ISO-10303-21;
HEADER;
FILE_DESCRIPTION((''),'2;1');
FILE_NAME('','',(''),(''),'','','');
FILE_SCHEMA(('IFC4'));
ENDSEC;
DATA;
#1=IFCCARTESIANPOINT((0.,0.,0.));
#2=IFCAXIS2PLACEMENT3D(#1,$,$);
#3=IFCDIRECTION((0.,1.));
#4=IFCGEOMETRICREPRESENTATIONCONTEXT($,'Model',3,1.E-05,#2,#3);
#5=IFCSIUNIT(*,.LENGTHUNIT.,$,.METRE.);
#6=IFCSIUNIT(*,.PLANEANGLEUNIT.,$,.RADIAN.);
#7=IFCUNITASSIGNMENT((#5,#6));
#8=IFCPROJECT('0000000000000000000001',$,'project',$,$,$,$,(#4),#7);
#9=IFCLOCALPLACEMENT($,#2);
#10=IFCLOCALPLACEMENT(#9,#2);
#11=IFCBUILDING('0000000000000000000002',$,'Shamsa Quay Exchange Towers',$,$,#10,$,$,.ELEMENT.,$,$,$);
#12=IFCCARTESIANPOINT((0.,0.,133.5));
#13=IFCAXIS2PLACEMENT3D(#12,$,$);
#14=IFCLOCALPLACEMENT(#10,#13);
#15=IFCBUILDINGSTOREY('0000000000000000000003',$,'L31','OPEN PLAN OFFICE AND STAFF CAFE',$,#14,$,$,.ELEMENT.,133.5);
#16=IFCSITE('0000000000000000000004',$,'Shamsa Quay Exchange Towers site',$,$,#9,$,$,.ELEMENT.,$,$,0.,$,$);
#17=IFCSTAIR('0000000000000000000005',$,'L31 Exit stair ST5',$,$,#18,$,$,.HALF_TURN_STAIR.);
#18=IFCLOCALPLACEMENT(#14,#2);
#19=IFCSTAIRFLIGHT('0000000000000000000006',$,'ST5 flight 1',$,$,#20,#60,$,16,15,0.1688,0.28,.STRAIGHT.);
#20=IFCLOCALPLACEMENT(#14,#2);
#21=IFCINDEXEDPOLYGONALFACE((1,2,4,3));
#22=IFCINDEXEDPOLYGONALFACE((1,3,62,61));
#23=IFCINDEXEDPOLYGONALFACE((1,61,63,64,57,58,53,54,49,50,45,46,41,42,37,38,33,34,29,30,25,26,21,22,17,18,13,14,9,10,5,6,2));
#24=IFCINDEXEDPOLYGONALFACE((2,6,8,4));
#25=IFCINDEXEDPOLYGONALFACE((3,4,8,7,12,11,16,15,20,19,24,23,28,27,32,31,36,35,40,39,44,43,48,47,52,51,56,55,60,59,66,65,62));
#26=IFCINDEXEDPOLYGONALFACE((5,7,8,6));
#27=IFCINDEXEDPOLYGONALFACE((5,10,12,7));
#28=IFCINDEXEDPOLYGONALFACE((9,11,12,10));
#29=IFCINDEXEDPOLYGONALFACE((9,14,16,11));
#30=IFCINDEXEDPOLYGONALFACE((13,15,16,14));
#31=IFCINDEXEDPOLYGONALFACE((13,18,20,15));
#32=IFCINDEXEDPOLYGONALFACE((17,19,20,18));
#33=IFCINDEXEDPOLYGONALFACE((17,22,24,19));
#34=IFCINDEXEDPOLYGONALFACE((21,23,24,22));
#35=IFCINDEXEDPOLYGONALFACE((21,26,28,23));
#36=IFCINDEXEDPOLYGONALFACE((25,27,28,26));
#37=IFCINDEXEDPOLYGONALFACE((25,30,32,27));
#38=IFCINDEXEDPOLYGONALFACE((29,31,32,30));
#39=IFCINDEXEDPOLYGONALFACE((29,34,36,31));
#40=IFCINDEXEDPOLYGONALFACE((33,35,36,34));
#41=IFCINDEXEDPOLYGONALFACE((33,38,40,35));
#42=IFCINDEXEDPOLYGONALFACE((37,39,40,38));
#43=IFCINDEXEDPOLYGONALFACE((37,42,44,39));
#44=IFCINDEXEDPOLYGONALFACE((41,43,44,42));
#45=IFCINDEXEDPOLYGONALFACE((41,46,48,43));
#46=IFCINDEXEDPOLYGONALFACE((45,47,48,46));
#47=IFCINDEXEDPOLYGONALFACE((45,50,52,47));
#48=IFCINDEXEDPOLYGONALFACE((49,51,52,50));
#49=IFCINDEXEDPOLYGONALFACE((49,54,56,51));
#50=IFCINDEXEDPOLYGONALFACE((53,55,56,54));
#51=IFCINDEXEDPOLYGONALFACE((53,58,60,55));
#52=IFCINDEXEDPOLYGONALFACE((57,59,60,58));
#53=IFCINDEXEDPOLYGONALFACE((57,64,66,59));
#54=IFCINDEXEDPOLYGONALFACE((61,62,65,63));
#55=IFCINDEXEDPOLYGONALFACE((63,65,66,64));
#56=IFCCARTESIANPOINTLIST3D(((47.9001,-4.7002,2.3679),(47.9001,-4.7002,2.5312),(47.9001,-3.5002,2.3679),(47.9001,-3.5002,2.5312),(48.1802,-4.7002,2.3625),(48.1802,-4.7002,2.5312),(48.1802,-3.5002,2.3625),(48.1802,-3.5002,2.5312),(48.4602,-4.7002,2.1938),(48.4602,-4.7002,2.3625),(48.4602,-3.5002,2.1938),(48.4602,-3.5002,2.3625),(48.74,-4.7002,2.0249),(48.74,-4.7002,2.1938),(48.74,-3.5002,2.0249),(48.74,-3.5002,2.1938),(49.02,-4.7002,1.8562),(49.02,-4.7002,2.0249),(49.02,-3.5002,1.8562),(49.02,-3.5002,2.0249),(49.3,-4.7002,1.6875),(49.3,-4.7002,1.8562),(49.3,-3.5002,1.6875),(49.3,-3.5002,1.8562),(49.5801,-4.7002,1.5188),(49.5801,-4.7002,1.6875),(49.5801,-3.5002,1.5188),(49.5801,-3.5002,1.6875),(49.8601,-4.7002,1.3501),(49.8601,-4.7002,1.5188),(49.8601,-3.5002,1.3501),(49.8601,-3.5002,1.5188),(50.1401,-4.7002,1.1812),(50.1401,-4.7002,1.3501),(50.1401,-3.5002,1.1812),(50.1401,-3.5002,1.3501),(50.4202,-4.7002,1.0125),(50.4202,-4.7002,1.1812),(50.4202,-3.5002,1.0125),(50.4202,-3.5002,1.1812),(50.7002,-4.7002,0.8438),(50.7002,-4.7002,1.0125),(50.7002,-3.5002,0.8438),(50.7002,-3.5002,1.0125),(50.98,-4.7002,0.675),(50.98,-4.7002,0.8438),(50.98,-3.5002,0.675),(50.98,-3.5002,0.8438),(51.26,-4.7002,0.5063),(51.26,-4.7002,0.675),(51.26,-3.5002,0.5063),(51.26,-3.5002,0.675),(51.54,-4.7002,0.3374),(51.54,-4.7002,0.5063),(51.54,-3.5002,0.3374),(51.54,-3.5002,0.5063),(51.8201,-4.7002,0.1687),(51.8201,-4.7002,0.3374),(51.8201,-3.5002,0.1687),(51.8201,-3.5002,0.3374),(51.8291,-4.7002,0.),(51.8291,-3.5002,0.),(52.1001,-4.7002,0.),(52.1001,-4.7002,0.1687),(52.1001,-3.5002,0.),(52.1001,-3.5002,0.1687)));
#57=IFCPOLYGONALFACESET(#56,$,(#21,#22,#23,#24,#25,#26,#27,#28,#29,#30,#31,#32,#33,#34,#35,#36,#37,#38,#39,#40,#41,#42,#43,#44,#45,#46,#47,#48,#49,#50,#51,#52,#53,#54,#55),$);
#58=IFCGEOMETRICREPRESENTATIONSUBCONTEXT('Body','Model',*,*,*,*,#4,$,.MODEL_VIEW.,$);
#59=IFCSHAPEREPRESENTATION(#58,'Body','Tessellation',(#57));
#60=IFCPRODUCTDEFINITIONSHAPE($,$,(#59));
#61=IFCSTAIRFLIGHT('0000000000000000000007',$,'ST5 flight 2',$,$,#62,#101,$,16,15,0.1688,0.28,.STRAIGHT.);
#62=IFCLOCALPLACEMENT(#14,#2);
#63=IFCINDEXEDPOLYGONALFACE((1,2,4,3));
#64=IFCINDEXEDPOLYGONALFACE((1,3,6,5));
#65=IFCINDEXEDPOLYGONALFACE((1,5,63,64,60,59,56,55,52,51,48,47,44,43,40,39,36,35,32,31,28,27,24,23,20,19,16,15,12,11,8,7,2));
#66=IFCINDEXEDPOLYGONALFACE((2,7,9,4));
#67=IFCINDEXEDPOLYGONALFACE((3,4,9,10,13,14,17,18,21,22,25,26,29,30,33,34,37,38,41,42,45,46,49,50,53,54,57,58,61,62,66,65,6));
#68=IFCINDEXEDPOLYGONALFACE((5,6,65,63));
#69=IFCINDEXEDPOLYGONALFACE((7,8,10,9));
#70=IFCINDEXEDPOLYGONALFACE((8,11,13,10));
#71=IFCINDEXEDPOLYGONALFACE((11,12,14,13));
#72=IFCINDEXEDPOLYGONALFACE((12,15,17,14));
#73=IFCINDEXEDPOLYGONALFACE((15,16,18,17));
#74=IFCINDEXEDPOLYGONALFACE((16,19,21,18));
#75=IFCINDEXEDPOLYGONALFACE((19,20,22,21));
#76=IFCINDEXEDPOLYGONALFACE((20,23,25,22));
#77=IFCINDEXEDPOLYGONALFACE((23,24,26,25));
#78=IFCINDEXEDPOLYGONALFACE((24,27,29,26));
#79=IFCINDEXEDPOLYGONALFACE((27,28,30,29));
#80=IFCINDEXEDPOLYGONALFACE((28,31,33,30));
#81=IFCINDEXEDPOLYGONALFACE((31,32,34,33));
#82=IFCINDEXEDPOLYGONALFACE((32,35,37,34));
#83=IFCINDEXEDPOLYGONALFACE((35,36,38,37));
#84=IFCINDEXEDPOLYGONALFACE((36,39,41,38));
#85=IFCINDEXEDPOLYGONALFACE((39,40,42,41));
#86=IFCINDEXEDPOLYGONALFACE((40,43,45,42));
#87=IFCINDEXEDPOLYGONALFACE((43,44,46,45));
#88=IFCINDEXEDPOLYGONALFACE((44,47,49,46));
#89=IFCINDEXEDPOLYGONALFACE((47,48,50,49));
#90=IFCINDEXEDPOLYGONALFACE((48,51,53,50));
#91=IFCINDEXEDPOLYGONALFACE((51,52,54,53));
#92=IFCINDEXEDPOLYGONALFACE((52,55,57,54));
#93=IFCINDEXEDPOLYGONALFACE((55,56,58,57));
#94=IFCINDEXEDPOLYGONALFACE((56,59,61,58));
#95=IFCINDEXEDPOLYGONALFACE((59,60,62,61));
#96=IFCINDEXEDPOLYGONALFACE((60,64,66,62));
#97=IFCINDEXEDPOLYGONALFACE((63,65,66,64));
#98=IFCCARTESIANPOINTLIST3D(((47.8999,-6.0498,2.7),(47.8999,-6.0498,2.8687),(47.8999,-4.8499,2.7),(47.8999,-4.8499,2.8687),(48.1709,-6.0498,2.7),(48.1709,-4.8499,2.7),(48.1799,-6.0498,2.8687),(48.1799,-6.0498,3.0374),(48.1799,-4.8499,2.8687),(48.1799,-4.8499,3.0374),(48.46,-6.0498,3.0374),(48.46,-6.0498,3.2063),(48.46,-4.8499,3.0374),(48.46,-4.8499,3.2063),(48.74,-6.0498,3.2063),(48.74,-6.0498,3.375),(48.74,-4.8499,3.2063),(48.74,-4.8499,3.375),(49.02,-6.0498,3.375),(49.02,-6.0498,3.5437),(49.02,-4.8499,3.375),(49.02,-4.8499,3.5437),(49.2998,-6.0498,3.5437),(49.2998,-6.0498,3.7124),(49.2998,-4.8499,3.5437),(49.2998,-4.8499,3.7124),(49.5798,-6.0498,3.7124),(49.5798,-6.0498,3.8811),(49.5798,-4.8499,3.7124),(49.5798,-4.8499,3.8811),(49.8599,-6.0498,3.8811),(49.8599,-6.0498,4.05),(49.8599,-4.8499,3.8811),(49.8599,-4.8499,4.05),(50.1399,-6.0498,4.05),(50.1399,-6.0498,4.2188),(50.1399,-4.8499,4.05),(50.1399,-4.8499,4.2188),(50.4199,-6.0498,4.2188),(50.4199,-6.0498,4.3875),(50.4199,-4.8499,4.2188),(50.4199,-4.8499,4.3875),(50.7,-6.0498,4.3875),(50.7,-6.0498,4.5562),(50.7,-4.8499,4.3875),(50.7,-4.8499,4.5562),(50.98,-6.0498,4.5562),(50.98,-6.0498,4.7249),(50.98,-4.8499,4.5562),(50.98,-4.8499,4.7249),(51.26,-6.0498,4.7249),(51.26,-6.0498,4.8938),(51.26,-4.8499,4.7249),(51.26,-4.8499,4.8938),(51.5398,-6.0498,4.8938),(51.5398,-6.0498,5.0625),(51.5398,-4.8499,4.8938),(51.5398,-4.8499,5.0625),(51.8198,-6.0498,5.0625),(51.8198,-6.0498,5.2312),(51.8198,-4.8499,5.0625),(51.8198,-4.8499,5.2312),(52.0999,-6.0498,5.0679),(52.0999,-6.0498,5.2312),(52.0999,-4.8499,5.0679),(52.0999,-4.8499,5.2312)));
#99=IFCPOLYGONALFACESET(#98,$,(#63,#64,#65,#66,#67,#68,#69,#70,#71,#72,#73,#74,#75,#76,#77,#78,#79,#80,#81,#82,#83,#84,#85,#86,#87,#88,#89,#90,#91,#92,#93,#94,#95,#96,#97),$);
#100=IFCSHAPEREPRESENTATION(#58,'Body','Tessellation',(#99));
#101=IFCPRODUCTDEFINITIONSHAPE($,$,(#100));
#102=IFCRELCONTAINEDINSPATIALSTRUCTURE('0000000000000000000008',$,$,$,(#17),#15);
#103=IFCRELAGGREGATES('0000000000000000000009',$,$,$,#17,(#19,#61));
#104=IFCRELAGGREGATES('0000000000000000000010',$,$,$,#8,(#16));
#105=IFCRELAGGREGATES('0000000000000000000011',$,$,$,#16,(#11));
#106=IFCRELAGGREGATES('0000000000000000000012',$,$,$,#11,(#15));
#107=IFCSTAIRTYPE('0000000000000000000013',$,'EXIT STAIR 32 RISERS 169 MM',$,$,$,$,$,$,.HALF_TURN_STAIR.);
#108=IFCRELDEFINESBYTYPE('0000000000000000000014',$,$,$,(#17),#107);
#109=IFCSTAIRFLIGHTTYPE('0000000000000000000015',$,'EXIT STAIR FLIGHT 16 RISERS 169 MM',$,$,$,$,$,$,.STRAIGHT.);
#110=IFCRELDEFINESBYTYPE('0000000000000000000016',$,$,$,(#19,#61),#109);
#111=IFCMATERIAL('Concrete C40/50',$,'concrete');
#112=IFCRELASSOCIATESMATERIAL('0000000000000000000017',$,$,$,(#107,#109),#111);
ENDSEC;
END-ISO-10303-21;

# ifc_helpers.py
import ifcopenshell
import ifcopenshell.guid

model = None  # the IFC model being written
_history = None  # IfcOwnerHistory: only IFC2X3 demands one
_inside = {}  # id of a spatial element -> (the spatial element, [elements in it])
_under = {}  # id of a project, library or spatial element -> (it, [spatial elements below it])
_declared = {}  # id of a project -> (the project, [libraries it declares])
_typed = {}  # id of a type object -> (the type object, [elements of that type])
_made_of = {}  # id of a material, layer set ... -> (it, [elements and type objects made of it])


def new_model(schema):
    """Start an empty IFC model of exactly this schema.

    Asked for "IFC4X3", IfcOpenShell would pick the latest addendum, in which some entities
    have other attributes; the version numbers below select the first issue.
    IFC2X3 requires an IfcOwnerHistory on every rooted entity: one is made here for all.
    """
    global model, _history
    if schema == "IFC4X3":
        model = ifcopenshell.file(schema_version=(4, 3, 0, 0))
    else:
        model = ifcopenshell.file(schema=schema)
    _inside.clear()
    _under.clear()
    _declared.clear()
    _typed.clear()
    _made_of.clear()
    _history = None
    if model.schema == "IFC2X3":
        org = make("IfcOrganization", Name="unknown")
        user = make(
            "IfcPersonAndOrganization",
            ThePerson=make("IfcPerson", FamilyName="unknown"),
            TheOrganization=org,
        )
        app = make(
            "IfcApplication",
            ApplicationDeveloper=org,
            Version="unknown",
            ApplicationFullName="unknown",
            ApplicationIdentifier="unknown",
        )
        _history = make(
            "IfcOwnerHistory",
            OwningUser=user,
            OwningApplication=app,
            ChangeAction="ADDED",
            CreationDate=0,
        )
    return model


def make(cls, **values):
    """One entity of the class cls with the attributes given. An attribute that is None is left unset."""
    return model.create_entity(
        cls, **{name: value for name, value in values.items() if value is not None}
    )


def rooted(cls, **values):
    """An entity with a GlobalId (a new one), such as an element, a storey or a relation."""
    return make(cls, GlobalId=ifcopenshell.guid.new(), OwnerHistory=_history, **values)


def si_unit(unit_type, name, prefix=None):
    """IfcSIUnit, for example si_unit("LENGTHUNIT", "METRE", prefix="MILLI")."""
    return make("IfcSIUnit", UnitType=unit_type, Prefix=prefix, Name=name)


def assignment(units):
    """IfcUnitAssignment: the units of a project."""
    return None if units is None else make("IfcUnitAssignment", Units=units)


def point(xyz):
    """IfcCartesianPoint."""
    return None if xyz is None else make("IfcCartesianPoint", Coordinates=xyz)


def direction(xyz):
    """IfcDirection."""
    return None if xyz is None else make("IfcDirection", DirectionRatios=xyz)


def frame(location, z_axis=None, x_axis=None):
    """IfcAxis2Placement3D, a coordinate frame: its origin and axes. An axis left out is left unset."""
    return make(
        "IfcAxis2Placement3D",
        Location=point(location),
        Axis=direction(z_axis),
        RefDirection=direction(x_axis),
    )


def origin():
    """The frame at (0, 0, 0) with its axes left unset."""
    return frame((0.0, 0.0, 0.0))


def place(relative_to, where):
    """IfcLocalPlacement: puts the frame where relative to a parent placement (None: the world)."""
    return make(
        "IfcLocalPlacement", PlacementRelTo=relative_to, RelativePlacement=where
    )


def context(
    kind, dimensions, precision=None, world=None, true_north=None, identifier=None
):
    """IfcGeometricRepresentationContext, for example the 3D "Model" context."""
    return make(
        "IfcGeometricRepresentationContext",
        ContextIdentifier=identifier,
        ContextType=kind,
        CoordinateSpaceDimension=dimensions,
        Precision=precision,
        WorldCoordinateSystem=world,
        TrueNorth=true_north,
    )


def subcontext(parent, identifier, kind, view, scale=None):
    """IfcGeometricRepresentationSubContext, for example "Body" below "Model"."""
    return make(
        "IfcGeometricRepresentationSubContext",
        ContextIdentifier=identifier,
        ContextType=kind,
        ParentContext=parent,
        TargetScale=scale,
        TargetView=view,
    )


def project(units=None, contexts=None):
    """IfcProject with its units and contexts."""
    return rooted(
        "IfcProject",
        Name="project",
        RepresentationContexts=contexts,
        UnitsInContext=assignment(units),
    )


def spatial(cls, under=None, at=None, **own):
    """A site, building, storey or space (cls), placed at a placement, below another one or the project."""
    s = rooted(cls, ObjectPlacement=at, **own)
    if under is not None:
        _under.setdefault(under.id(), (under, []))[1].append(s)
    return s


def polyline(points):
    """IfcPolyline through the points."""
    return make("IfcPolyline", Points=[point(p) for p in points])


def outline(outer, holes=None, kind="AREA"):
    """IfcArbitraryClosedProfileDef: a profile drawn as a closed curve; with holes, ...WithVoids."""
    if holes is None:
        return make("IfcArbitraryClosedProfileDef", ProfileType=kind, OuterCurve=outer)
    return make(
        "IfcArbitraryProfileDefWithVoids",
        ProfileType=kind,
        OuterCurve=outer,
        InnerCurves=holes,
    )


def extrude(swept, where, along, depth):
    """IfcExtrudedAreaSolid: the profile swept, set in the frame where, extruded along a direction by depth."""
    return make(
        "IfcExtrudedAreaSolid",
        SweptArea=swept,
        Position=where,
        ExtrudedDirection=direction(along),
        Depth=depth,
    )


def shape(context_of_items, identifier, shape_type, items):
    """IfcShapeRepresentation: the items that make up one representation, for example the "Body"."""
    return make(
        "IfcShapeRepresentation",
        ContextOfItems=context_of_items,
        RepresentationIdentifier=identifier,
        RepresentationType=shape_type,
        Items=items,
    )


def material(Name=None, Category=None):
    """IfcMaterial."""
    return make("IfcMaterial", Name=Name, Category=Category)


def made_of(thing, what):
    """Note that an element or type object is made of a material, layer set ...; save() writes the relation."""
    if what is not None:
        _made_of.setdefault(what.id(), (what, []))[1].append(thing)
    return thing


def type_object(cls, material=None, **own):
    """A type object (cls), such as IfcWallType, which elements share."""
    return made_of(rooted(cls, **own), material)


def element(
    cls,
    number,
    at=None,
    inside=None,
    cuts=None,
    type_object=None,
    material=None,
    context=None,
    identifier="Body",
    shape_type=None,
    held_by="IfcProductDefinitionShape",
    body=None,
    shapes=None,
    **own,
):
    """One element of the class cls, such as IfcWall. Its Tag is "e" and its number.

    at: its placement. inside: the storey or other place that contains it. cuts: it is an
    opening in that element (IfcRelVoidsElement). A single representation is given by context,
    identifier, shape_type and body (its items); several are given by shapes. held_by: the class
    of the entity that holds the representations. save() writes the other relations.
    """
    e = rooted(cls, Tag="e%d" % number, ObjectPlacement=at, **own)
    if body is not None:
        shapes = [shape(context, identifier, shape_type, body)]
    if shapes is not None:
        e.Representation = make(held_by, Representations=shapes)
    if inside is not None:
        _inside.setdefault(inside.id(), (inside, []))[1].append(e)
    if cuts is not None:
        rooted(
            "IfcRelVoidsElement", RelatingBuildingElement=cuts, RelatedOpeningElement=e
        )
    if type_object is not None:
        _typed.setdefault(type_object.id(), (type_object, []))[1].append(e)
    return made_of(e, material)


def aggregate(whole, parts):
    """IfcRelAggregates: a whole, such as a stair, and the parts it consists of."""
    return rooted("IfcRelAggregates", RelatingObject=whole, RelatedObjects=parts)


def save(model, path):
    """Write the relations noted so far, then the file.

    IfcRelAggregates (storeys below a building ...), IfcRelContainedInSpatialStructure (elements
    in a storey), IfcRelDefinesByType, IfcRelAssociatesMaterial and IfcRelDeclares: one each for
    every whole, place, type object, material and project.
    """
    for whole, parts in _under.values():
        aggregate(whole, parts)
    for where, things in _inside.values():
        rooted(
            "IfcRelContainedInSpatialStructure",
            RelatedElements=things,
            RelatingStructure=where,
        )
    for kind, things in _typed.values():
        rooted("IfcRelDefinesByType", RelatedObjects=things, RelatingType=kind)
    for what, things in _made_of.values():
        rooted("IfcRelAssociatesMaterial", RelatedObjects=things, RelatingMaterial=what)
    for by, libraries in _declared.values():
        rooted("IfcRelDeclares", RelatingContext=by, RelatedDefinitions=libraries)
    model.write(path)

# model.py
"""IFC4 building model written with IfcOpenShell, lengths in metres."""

from ifc_helpers import new_model, si_unit, direction, frame, origin, place, context, subcontext, project, spatial, polyline, outline, extrude, material, type_object, element, aggregate, save


model = new_model("IFC4")

# Units and contexts
model_context = context("Model", 3, precision=1e-05, world=origin(), true_north=direction((0.0, 1.0)))
body_context = subcontext(model_context, "Body", "Model", "MODEL_VIEW")
ifc_project = project(units=[si_unit("LENGTHUNIT", "METRE"), si_unit("PLANEANGLEUNIT", "RADIAN")], contexts=[model_context])

# Site, building, storey
site_placement = place(None, origin())
site = spatial("IfcSite", under=ifc_project, at=site_placement, Name="Shamsa Quay Exchange Towers site", CompositionType="ELEMENT", RefElevation=0.0)
building_placement = place(site_placement, origin())
building = spatial("IfcBuilding", under=site, at=building_placement, Name="Shamsa Quay Exchange Towers", CompositionType="ELEMENT")
storey_placement = place(building_placement, frame((0.0, 0.0, 133.5)))
storey = spatial("IfcBuildingStorey", under=building, at=storey_placement, Name="L31", Description="OPEN PLAN OFFICE AND STAFF CAFE", CompositionType="ELEMENT", Elevation=133.5)

# Stair, stair flights
ifc_material_1 = material(Name="Concrete C40/50", Category="concrete")
stair_type = type_object("IfcStairType", Name="EXIT STAIR 32 RISERS 169 MM", PredefinedType="HALF_TURN_STAIR", material=ifc_material_1)
stair_placement = place(storey_placement, origin())
stair = element("IfcStair", 1, at=stair_placement, inside=storey, type_object=stair_type, Name="L31 Exit stair ST5", PredefinedType="HALF_TURN_STAIR")
stair_flight_type = type_object("IfcStairFlightType", Name="EXIT STAIR FLIGHT 16 RISERS 169 MM", PredefinedType="STRAIGHT", material=ifc_material_1)
stair_flight_1_placement = place(storey_placement, frame((52.1001, -4.1001, 0.0), z_axis=(0.0, 0.0, 1.0), x_axis=(-1.0, 0.0, 0.0)))
stair_flight_1 = element("IfcStairFlight", 2, at=stair_flight_1_placement, type_object=stair_flight_type, Name="ST5 flight 1", NumberOfRisers=16, NumberOfTreads=15, PredefinedType="STRAIGHT", RiserHeight=0.1688, TreadLength=0.28, context=body_context, shape_type="SweptSolid", body=[
    extrude(outline(polyline([(0.0, 0.0), (0.0, 0.1687), (0.28, 0.1687), (0.28, 0.3374), (0.5601, 0.3374), (0.5601, 0.5063), (0.8401, 0.5063), (0.8401, 0.675), (1.1201, 0.675), (1.1201, 0.8438), (1.3999, 0.8438), (1.3999, 1.0125), (1.6799, 1.0125), (1.6799, 1.1812), (1.96, 1.1812), (1.96, 1.3501), (2.24, 1.3501), (2.24, 1.5188), (2.52, 1.5188), (2.52, 1.6875), (2.8, 1.6875), (2.8, 1.8562), (3.0801, 1.8562), (3.0801, 2.0249), (3.3601, 2.0249), (3.3601, 2.1938), (3.6399, 2.1938), (3.6399, 2.3625), (3.9199, 2.3625), (3.9199, 2.5312), (4.2, 2.5312), (4.2, 2.7), (4.2, 2.3679), (0.271, 0.0), (0.0, 0.0)])), frame((0.0, 0.6001, 0.0), z_axis=(0.0, -1.0, 0.0), x_axis=(1.0, 0.0, 0.0)), (0.0, 0.0, 1.0), 1.2),
])
stair_flight_2_placement = place(storey_placement, frame((47.8999, -5.45, 2.7)))
stair_flight_2 = element("IfcStairFlight", 3, at=stair_flight_2_placement, type_object=stair_flight_type, Name="ST5 flight 2", NumberOfRisers=16, NumberOfTreads=15, PredefinedType="STRAIGHT", RiserHeight=0.1688, TreadLength=0.28, context=body_context, shape_type="SweptSolid", body=[
    extrude(outline(polyline([(0.0, 0.0), (0.0, 0.1687), (0.28, 0.1687), (0.28, 0.3374), (0.5601, 0.3374), (0.5601, 0.5063), (0.8401, 0.5063), (0.8401, 0.675), (1.1201, 0.675), (1.1201, 0.8438), (1.3999, 0.8438), (1.3999, 1.0125), (1.6799, 1.0125), (1.6799, 1.1812), (1.96, 1.1812), (1.96, 1.3501), (2.24, 1.3501), (2.24, 1.5188), (2.52, 1.5188), (2.52, 1.6875), (2.8, 1.6875), (2.8, 1.8562), (3.0801, 1.8562), (3.0801, 2.0249), (3.3601, 2.0249), (3.3601, 2.1938), (3.6399, 2.1938), (3.6399, 2.3625), (3.9199, 2.3625), (3.9199, 2.5312), (4.2, 2.5312), (4.2, 2.7), (4.2, 2.3679), (0.271, 0.0), (0.0, 0.0)])), frame((0.0, 0.6001, 0.0), z_axis=(0.0, -1.0, 0.0), x_axis=(1.0, 0.0, 0.0)), (0.0, 0.0, 1.0), 1.2),
])
aggregate(stair, [stair_flight_1, stair_flight_2])

save(model, "model.ifc")
